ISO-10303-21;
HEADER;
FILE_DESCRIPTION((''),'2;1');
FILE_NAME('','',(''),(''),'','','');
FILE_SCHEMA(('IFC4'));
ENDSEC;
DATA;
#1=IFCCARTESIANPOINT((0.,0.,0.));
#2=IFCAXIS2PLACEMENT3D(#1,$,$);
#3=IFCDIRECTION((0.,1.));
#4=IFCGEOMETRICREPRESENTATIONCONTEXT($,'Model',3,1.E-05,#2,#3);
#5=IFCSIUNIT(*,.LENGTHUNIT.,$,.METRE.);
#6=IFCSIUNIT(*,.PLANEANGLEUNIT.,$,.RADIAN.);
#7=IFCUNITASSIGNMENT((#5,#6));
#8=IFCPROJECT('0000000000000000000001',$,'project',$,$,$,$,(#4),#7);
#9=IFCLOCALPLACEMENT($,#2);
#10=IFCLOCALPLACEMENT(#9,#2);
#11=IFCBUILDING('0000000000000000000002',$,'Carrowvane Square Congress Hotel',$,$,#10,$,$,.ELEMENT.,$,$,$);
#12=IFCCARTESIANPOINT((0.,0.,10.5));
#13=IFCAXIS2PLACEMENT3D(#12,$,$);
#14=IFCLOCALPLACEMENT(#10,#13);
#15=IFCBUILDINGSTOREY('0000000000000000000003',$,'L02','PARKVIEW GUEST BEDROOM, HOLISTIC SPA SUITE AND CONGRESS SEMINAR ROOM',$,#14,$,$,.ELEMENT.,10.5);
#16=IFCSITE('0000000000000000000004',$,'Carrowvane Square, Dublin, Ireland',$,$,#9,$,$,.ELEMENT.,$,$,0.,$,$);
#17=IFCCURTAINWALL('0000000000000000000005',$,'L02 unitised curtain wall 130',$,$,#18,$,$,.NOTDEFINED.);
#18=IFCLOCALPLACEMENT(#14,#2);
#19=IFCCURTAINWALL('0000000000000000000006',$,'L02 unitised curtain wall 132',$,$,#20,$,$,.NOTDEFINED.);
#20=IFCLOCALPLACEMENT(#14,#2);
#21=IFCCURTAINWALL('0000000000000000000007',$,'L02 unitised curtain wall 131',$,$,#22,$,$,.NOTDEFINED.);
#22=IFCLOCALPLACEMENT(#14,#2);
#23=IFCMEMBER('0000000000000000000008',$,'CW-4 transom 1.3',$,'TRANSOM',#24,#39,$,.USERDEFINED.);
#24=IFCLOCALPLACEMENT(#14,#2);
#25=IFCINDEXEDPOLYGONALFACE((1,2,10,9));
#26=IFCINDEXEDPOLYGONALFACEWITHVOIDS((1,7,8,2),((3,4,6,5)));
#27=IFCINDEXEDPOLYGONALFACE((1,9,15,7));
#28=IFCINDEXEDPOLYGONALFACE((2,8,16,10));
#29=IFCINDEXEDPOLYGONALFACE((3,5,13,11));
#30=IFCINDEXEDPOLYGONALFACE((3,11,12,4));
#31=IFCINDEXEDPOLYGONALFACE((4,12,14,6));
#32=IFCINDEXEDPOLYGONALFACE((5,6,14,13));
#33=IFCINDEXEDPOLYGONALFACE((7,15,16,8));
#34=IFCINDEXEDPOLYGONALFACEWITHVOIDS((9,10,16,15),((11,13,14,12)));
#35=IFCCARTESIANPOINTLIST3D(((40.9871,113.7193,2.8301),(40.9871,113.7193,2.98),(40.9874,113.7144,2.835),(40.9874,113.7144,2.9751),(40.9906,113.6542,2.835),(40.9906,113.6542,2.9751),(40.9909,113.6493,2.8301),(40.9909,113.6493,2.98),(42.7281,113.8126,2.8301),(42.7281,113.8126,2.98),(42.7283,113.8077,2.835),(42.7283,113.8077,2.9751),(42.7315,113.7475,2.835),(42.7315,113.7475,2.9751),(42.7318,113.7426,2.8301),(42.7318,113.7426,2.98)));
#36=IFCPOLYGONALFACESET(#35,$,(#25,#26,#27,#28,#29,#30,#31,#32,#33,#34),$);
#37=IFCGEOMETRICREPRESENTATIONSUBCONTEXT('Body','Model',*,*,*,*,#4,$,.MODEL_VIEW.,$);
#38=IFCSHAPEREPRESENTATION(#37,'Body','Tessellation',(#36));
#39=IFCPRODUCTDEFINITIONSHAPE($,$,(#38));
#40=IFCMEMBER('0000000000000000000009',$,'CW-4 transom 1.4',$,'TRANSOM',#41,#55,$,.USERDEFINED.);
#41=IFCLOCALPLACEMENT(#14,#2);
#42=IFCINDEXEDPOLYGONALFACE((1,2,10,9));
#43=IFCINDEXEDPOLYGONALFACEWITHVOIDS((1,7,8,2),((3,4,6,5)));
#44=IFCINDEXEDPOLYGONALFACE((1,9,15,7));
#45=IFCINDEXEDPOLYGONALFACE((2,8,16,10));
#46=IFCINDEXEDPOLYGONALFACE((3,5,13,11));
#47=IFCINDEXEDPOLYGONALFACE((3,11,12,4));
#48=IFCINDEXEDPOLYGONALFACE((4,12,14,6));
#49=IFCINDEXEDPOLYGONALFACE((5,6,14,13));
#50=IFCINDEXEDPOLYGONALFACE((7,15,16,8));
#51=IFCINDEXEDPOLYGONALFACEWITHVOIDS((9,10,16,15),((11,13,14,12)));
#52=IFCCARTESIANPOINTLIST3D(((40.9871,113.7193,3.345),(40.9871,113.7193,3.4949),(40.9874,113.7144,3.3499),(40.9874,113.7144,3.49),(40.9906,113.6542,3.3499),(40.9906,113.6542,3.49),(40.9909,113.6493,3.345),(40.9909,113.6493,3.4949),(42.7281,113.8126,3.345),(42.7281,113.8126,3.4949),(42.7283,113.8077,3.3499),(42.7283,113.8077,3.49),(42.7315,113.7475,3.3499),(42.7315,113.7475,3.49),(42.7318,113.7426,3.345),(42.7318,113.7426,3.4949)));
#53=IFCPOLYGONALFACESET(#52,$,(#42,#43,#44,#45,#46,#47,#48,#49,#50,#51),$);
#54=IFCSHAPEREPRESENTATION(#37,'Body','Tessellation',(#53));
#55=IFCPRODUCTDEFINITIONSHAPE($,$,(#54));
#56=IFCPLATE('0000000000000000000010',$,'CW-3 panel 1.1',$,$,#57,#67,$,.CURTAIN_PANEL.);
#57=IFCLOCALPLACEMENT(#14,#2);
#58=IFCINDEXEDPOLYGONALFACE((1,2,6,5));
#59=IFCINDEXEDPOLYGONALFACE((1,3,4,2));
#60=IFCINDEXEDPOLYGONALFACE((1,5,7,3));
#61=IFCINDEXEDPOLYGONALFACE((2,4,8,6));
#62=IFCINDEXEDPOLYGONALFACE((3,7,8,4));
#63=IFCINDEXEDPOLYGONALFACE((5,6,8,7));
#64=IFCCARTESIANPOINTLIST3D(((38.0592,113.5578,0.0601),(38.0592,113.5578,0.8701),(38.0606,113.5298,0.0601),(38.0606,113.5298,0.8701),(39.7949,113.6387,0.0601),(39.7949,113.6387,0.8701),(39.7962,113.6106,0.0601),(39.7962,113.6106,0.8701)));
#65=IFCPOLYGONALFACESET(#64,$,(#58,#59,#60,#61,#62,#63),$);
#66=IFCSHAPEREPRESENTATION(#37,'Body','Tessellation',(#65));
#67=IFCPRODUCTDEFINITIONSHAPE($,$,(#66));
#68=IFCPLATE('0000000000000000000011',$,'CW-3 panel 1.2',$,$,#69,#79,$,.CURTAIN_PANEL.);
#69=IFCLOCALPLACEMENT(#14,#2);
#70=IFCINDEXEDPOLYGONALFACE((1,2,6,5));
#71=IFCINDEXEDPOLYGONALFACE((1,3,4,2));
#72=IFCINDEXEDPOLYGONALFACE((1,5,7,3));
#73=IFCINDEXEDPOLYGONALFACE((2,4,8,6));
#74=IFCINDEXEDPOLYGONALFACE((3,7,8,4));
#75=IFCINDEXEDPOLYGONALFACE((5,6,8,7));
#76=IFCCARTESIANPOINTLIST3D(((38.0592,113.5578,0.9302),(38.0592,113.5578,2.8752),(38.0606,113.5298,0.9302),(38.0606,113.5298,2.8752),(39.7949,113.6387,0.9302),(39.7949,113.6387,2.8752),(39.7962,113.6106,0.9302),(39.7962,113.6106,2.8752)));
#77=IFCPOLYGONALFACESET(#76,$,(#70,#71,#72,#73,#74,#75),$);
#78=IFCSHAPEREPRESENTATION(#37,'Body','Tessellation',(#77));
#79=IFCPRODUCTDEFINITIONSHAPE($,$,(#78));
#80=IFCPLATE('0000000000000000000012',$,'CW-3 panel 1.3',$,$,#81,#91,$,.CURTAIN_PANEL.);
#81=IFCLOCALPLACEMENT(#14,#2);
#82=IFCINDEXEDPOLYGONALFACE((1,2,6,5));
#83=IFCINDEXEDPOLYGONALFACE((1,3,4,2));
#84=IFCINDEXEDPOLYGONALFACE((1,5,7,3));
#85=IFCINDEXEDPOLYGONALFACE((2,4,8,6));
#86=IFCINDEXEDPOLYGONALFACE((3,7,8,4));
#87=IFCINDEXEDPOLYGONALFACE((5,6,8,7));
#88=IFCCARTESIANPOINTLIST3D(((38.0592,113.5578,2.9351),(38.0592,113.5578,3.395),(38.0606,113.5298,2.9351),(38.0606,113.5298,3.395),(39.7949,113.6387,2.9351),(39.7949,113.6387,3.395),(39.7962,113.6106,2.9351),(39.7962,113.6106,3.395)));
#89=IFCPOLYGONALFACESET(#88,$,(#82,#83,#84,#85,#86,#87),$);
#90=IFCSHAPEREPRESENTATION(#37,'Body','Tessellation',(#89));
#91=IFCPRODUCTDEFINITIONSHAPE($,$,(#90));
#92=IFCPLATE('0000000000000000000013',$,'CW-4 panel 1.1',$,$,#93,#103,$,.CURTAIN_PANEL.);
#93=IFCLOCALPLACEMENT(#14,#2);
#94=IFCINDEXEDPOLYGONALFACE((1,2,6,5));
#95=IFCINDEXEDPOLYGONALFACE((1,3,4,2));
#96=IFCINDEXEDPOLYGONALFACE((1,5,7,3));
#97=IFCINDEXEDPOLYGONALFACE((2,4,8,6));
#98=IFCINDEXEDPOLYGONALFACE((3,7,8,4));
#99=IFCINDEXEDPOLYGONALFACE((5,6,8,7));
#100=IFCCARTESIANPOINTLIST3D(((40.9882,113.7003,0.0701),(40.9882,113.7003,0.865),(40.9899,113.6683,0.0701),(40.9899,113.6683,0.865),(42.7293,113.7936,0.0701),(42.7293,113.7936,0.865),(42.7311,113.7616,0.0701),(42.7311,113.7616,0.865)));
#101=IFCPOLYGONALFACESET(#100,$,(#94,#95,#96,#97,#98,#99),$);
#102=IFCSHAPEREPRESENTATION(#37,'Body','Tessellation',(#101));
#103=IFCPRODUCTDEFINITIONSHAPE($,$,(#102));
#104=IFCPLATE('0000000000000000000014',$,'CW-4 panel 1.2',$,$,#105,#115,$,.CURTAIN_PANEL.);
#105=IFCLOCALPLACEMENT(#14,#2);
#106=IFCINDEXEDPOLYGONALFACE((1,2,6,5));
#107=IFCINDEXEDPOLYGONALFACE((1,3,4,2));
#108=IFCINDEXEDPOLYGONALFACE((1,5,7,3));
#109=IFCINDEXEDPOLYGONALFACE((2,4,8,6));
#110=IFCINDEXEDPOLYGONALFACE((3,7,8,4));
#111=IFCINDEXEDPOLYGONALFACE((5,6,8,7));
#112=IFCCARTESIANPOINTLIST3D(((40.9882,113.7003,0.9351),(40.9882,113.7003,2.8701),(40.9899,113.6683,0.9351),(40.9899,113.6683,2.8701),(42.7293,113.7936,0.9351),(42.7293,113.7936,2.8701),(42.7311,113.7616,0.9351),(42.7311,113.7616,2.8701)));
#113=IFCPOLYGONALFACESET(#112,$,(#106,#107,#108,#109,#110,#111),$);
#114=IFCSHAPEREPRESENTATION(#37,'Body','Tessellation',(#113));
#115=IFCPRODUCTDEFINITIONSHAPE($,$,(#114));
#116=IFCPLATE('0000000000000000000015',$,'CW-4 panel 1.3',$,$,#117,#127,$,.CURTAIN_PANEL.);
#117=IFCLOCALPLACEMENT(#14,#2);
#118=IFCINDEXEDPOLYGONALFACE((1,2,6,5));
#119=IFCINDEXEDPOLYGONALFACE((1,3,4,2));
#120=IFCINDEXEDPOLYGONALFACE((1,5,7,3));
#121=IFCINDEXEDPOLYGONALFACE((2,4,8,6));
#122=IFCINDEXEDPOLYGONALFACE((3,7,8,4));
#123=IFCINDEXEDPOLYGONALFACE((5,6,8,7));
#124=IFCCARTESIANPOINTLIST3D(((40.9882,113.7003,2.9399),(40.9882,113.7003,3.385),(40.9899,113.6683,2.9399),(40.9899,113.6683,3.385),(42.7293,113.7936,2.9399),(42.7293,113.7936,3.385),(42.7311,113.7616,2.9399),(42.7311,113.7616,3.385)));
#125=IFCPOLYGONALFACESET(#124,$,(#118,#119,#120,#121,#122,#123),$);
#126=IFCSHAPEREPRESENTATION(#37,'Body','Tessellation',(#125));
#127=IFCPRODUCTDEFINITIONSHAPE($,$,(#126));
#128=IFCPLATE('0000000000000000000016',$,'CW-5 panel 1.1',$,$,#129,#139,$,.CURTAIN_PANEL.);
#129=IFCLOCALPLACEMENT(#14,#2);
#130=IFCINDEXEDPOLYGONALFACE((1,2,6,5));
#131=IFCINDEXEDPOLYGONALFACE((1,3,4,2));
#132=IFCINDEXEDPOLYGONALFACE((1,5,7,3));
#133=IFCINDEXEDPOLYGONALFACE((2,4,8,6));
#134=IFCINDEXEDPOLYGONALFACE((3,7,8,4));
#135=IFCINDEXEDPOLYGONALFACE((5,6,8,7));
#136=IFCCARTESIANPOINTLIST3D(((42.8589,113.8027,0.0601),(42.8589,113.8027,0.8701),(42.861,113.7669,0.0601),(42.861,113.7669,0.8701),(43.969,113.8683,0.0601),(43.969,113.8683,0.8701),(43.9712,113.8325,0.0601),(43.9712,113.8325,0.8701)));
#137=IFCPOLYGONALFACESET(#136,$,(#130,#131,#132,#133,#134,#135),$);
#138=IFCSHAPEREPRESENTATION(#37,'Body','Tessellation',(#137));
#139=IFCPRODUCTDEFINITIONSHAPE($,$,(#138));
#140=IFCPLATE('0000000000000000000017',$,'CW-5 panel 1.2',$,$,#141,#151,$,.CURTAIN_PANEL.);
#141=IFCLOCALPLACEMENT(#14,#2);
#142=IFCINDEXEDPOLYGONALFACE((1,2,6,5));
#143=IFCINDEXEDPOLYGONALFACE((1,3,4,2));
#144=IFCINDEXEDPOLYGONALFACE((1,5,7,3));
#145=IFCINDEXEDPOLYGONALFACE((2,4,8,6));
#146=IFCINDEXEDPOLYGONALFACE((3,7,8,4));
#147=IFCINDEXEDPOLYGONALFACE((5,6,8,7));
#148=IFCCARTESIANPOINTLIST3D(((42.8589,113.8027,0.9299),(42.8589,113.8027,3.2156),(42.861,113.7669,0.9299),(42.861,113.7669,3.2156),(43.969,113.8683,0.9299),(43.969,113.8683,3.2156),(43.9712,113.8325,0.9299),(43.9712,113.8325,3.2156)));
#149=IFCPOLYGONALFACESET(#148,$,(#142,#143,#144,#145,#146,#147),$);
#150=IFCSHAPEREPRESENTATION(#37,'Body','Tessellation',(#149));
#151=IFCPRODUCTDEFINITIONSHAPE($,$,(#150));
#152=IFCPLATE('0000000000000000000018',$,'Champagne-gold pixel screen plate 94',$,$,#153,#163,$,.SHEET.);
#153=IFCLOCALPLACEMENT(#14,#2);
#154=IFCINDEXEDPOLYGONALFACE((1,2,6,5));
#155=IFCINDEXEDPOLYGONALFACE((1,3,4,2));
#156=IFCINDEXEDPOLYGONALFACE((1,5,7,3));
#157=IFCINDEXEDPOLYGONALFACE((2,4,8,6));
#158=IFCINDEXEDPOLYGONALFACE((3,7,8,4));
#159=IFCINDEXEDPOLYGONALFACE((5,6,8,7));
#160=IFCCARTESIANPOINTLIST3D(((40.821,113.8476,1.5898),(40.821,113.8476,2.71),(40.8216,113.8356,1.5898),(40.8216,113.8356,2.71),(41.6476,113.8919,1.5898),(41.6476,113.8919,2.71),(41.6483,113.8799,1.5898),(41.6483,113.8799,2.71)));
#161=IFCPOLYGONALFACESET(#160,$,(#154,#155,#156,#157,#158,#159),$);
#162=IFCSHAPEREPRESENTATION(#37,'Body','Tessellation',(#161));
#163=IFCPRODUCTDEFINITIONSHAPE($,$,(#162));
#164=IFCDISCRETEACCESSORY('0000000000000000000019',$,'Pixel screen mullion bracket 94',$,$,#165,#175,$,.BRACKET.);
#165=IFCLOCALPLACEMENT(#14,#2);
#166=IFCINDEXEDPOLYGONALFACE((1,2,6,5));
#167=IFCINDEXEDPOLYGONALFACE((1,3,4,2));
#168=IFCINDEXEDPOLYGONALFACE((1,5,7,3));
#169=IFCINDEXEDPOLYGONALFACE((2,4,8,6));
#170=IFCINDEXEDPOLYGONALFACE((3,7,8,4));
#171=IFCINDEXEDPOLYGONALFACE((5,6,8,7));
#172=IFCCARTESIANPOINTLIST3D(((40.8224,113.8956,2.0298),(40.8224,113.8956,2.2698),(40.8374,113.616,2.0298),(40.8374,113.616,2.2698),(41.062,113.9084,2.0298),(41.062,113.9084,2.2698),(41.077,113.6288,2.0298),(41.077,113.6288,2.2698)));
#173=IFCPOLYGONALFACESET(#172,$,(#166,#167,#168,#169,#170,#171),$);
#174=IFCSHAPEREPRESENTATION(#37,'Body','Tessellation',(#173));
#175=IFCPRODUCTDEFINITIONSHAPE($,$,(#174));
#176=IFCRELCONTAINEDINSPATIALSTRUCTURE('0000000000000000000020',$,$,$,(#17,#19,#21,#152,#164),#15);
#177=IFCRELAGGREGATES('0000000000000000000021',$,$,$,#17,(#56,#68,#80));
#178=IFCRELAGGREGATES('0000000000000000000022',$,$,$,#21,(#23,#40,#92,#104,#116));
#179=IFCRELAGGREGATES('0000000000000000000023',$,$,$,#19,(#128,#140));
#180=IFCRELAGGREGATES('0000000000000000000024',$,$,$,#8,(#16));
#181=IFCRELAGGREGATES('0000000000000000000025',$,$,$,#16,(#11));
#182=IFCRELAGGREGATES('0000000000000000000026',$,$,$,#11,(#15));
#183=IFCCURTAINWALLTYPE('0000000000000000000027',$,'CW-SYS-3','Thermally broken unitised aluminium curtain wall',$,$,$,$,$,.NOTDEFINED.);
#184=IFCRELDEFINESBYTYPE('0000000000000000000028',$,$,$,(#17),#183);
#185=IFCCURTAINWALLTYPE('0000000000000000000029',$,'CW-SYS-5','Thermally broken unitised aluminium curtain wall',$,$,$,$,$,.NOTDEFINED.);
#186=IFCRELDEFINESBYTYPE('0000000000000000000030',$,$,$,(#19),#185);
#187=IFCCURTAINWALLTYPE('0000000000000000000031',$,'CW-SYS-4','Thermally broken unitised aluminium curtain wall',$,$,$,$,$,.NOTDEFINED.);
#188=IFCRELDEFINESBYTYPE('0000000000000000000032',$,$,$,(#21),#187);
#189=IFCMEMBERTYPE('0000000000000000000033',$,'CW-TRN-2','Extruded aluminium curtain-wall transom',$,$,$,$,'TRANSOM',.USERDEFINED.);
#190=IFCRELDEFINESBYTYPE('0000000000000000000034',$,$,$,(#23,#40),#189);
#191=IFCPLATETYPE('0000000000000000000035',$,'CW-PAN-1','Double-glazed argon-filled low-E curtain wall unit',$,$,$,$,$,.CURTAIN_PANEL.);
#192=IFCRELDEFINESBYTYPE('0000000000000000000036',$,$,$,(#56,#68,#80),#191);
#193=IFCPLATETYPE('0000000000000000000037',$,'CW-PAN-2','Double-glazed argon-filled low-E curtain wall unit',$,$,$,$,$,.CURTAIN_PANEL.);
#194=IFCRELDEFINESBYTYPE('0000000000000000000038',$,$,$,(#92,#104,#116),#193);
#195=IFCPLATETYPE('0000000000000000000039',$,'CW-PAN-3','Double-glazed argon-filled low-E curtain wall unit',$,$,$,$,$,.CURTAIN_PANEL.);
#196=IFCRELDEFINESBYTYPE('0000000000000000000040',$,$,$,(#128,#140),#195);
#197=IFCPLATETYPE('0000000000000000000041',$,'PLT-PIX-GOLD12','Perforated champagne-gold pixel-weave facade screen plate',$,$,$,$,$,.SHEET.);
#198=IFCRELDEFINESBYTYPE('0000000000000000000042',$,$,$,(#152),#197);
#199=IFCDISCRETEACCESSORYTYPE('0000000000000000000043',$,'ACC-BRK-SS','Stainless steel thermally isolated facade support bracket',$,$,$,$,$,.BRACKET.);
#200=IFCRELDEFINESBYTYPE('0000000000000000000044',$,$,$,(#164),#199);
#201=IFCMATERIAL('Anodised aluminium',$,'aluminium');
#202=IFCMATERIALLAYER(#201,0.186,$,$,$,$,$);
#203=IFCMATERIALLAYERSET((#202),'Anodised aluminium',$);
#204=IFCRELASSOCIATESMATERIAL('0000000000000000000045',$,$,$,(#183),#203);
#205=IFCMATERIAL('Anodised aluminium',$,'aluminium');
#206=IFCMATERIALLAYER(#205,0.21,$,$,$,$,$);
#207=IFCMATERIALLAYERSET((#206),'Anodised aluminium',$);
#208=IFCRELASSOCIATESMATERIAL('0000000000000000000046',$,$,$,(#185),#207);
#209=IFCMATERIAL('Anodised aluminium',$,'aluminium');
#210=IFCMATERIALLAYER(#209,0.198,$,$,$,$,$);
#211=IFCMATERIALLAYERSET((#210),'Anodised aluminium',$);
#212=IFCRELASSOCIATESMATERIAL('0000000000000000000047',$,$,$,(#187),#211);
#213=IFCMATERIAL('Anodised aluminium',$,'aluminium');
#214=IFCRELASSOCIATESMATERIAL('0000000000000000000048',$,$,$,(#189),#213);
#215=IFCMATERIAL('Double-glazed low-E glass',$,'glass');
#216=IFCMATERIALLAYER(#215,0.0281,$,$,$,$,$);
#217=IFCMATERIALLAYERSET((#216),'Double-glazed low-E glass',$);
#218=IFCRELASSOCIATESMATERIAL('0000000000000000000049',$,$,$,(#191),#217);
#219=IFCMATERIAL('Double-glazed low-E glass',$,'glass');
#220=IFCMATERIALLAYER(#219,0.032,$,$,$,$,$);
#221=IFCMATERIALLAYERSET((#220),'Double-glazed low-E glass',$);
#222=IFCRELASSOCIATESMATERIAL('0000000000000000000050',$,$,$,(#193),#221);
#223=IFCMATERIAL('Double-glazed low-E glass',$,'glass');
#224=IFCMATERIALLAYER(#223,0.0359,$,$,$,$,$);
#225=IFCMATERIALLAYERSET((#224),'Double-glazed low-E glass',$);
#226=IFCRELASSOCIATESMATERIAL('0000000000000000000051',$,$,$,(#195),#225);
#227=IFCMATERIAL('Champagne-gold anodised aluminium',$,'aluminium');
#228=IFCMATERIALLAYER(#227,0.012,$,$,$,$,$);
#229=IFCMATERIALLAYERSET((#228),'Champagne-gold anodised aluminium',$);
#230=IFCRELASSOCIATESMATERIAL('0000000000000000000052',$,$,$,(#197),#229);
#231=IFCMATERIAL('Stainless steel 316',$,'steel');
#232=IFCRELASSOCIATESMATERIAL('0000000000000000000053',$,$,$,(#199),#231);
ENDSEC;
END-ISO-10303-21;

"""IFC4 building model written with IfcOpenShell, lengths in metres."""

from ifc_helpers import new_model, si_unit, direction, frame, origin, origin_2d, place, context, subcontext, project, spatial, rectangle, hollow_rectangle, extrude, material, layer, layer_set, material_profile, profile_set, type_object, element, aggregate, save


model = new_model("IFC4")

# Units and contexts
model_context = context("Model", 3, precision=1e-05, world=origin(), true_north=direction((0.0, 1.0)))
body_context = subcontext(model_context, "Body", "Model", "MODEL_VIEW")
ifc_project = project(units=[si_unit("LENGTHUNIT", "METRE"), si_unit("PLANEANGLEUNIT", "RADIAN")], contexts=[model_context])

# Site, building, storey
site_placement = place(None, origin())
site = spatial("IfcSite", under=ifc_project, at=site_placement, Name="Carrowvane Square, Dublin, Ireland", CompositionType="ELEMENT", RefElevation=0.0)
building_placement = place(site_placement, origin())
building = spatial("IfcBuilding", under=site, at=building_placement, Name="Carrowvane Square Congress Hotel", CompositionType="ELEMENT")
storey_placement = place(building_placement, frame((0.0, 0.0, 10.5)))
storey = spatial("IfcBuildingStorey", under=building, at=storey_placement, Name="L02", Description="PARKVIEW GUEST BEDROOM, HOLISTIC SPA SUITE AND CONGRESS SEMINAR ROOM", CompositionType="ELEMENT", Elevation=10.5)

# Curtain walls
ifc_material_1 = material(Name="Anodised aluminium", Category="aluminium")
ifc_layer_1 = layer(ifc_material_1, 0.186)
ifc_layer_set_1 = layer_set([ifc_layer_1], Name="Anodised aluminium")
curtain_wall_type_1 = type_object("IfcCurtainWallType", Name="CW-SYS-3", Description="Thermally broken unitised aluminium curtain wall", PredefinedType="NOTDEFINED", material=ifc_layer_set_1)
curtain_wall_1_placement = place(storey_placement, origin())
curtain_wall_1 = element("IfcCurtainWall", 1, at=curtain_wall_1_placement, inside=storey, type_object=curtain_wall_type_1, Name="L02 unitised curtain wall 130", PredefinedType="NOTDEFINED")
ifc_material_2 = material(Name="Anodised aluminium", Category="aluminium")
ifc_layer_2 = layer(ifc_material_2, 0.21)
ifc_layer_set_2 = layer_set([ifc_layer_2], Name="Anodised aluminium")
curtain_wall_type_2 = type_object("IfcCurtainWallType", Name="CW-SYS-5", Description="Thermally broken unitised aluminium curtain wall", PredefinedType="NOTDEFINED", material=ifc_layer_set_2)
curtain_wall_2_placement = place(storey_placement, origin())
curtain_wall_2 = element("IfcCurtainWall", 2, at=curtain_wall_2_placement, inside=storey, type_object=curtain_wall_type_2, Name="L02 unitised curtain wall 132", PredefinedType="NOTDEFINED")

# Curtain wall
ifc_material_3 = material(Name="Anodised aluminium", Category="aluminium")
ifc_layer_3 = layer(ifc_material_3, 0.198)
ifc_layer_set_3 = layer_set([ifc_layer_3], Name="Anodised aluminium")
curtain_wall_type_3 = type_object("IfcCurtainWallType", Name="CW-SYS-4", Description="Thermally broken unitised aluminium curtain wall", PredefinedType="NOTDEFINED", material=ifc_layer_set_3)
curtain_wall_3_placement = place(storey_placement, origin())
curtain_wall_3 = element("IfcCurtainWall", 3, at=curtain_wall_3_placement, inside=storey, type_object=curtain_wall_type_3, Name="L02 unitised curtain wall 131", PredefinedType="NOTDEFINED")

# Members
ifc_material_4 = material(Name="Anodised aluminium", Category="aluminium")
ifc_material_profile_1 = material_profile(ifc_material_4, hollow_rectangle(XDim=0.0701, YDim=0.1499, WallThickness=0.0049, at=origin_2d()), Name="CW-TR 70x150x5")
ifc_profile_set_1 = profile_set([ifc_material_profile_1], Name="Anodised aluminium")
member_type_1 = type_object("IfcMemberType", Name="CW-TRN-2", Description="Extruded aluminium curtain-wall transom", ElementType="TRANSOM", PredefinedType="USERDEFINED", material=ifc_profile_set_1)
member_1_placement = place(storey_placement, frame((40.989, 113.6843, 2.905), z_axis=(0.998568, 0.053492, 0.0), x_axis=(-0.053492, 0.998568, 0.0)))
member_1 = element("IfcMember", 4, at=member_1_placement, type_object=member_type_1, Name="CW-4 transom 1.3", ObjectType="TRANSOM", PredefinedType="USERDEFINED", context=body_context, shape_type="SweptSolid", body=[
    extrude(hollow_rectangle(XDim=0.0701, YDim=0.1499, WallThickness=0.0049, at=origin_2d()), origin(), (0.0, 0.0, 1.0), 1.7434),
])
member_2_placement = place(storey_placement, frame((40.989, 113.6843, 3.4199), z_axis=(0.998568, 0.053492, 0.0), x_axis=(-0.053492, 0.998568, 0.0)))
member_2 = element("IfcMember", 5, at=member_2_placement, type_object=member_type_1, Name="CW-4 transom 1.4", ObjectType="TRANSOM", PredefinedType="USERDEFINED", context=body_context, shape_type="SweptSolid", body=[
    extrude(hollow_rectangle(XDim=0.0701, YDim=0.1499, WallThickness=0.0049, at=origin_2d()), origin(), (0.0, 0.0, 1.0), 1.7434),
])

# Plates
ifc_material_5 = material(Name="Double-glazed low-E glass", Category="glass")
ifc_layer_4 = layer(ifc_material_5, 0.0281)
ifc_layer_set_4 = layer_set([ifc_layer_4], Name="Double-glazed low-E glass")
plate_type_1 = type_object("IfcPlateType", Name="CW-PAN-1", Description="Double-glazed argon-filled low-E curtain wall unit", PredefinedType="CURTAIN_PANEL", material=ifc_layer_set_4)
plate_1_placement = place(storey_placement, frame((38.9277, 113.5842, 0.0601), z_axis=(0.0, 0.0, 1.0), x_axis=(0.998917, 0.046517, 0.0)))
plate_1 = element("IfcPlate", 6, at=plate_1_placement, type_object=plate_type_1, Name="CW-3 panel 1.1", PredefinedType="CURTAIN_PANEL", context=body_context, shape_type="SweptSolid", body=[
    extrude(rectangle(XDim=1.7375, YDim=0.0281, at=origin_2d()), origin(), (0.0, 0.0, 1.0), 0.8101),
])
plate_2_placement = place(storey_placement, frame((38.9277, 113.5842, 0.9302), z_axis=(0.0, 0.0, 1.0), x_axis=(0.998917, 0.046517, 0.0)))
plate_2 = element("IfcPlate", 7, at=plate_2_placement, type_object=plate_type_1, Name="CW-3 panel 1.2", PredefinedType="CURTAIN_PANEL", context=body_context, shape_type="SweptSolid", body=[
    extrude(rectangle(XDim=1.7375, YDim=0.0281, at=origin_2d()), origin(), (0.0, 0.0, 1.0), 1.9451),
])
plate_3_placement = place(storey_placement, frame((38.9277, 113.5842, 2.9351), z_axis=(0.0, 0.0, 1.0), x_axis=(0.998917, 0.046517, 0.0)))
plate_3 = element("IfcPlate", 8, at=plate_3_placement, type_object=plate_type_1, Name="CW-3 panel 1.3", PredefinedType="CURTAIN_PANEL", context=body_context, shape_type="SweptSolid", body=[
    extrude(rectangle(XDim=1.7375, YDim=0.0281, at=origin_2d()), origin(), (0.0, 0.0, 1.0), 0.46),
])
aggregate(curtain_wall_1, [plate_1, plate_2, plate_3])
ifc_material_6 = material(Name="Double-glazed low-E glass", Category="glass")
ifc_layer_5 = layer(ifc_material_6, 0.032)
ifc_layer_set_5 = layer_set([ifc_layer_5], Name="Double-glazed low-E glass")
plate_type_2 = type_object("IfcPlateType", Name="CW-PAN-2", Description="Double-glazed argon-filled low-E curtain wall unit", PredefinedType="CURTAIN_PANEL", material=ifc_layer_set_5)
plate_4_placement = place(storey_placement, frame((41.8596, 113.731, 0.0701), z_axis=(0.0, 0.0, 1.0), x_axis=(0.998567, 0.053515, 0.0)))
plate_4 = element("IfcPlate", 9, at=plate_4_placement, type_object=plate_type_2, Name="CW-4 panel 1.1", PredefinedType="CURTAIN_PANEL", context=body_context, shape_type="SweptSolid", body=[
    extrude(rectangle(XDim=1.7437, YDim=0.032, at=origin_2d()), origin(), (0.0, 0.0, 1.0), 0.7949),
])
plate_5_placement = place(storey_placement, frame((41.8596, 113.731, 0.9351), z_axis=(0.0, 0.0, 1.0), x_axis=(0.998567, 0.053515, 0.0)))
plate_5 = element("IfcPlate", 10, at=plate_5_placement, type_object=plate_type_2, Name="CW-4 panel 1.2", PredefinedType="CURTAIN_PANEL", context=body_context, shape_type="SweptSolid", body=[
    extrude(rectangle(XDim=1.7437, YDim=0.032, at=origin_2d()), origin(), (0.0, 0.0, 1.0), 1.9351),
])
plate_6_placement = place(storey_placement, frame((41.8596, 113.731, 2.9399), z_axis=(0.0, 0.0, 1.0), x_axis=(0.998567, 0.053515, 0.0)))
plate_6 = element("IfcPlate", 11, at=plate_6_placement, type_object=plate_type_2, Name="CW-4 panel 1.3", PredefinedType="CURTAIN_PANEL", context=body_context, shape_type="SweptSolid", body=[
    extrude(rectangle(XDim=1.7437, YDim=0.032, at=origin_2d()), origin(), (0.0, 0.0, 1.0), 0.4451),
])
aggregate(curtain_wall_3, [member_1, member_2, plate_4, plate_5, plate_6])
ifc_material_7 = material(Name="Double-glazed low-E glass", Category="glass")
ifc_layer_6 = layer(ifc_material_7, 0.0359)
ifc_layer_set_6 = layer_set([ifc_layer_6], Name="Double-glazed low-E glass")
plate_type_3 = type_object("IfcPlateType", Name="CW-PAN-3", Description="Double-glazed argon-filled low-E curtain wall unit", PredefinedType="CURTAIN_PANEL", material=ifc_layer_set_6)
plate_7_placement = place(storey_placement, frame((43.415, 113.8176, 0.0601), z_axis=(0.0, 0.0, 1.0), x_axis=(0.998259, 0.058989, 0.0)))
plate_7 = element("IfcPlate", 12, at=plate_7_placement, type_object=plate_type_3, Name="CW-5 panel 1.1", PredefinedType="CURTAIN_PANEL", context=body_context, shape_type="SweptSolid", body=[
    extrude(rectangle(XDim=1.1121, YDim=0.0359, at=origin_2d()), origin(), (0.0, 0.0, 1.0), 0.8101),
])
plate_8_placement = place(storey_placement, frame((43.415, 113.8176, 0.9299), z_axis=(0.0, 0.0, 1.0), x_axis=(0.998259, 0.058989, 0.0)))
plate_8 = element("IfcPlate", 13, at=plate_8_placement, type_object=plate_type_3, Name="CW-5 panel 1.2", PredefinedType="CURTAIN_PANEL", context=body_context, shape_type="SweptSolid", body=[
    extrude(rectangle(XDim=1.1121, YDim=0.0359, at=origin_2d()), origin(), (0.0, 0.0, 1.0), 2.2856),
])
aggregate(curtain_wall_2, [plate_7, plate_8])
ifc_material_8 = material(Name="Champagne-gold anodised aluminium", Category="aluminium")
ifc_layer_7 = layer(ifc_material_8, 0.012)
ifc_layer_set_7 = layer_set([ifc_layer_7], Name="Champagne-gold anodised aluminium")
plate_type_4 = type_object("IfcPlateType", Name="PLT-PIX-GOLD12", Description="Perforated champagne-gold pixel-weave facade screen plate", PredefinedType="SHEET", material=ifc_layer_set_7)
plate_9_placement = place(storey_placement, frame((41.2346, 113.8638, 1.5898), z_axis=(0.0, 0.0, 1.0), x_axis=(0.998567, 0.053517, 0.0)))
element("IfcPlate", 14, at=plate_9_placement, inside=storey, type_object=plate_type_4, Name="Champagne-gold pixel screen plate 94", PredefinedType="SHEET", context=body_context, shape_type="SweptSolid", body=[
    extrude(rectangle(XDim=0.8279, YDim=0.012, at=origin_2d()), origin(), (0.0, 0.0, 1.0), 1.1201),
])

# Discrete accessory
ifc_material_9 = material(Name="Stainless steel 316", Category="steel")
discrete_accessory_type = type_object("IfcDiscreteAccessoryType", Name="ACC-BRK-SS", Description="Stainless steel thermally isolated facade support bracket", PredefinedType="BRACKET", material=ifc_material_9)
discrete_accessory_placement = place(storey_placement, frame((40.9497, 113.7622, 2.0298), z_axis=(0.0, 0.0, 1.0), x_axis=(0.998567, 0.053517, 0.0)))
element("IfcDiscreteAccessory", 15, at=discrete_accessory_placement, inside=storey, type_object=discrete_accessory_type, Name="Pixel screen mullion bracket 94", PredefinedType="BRACKET", context=body_context, shape_type="SweptSolid", body=[
    extrude(rectangle(XDim=0.24, YDim=0.28, at=origin_2d()), origin(), (0.0, 0.0, 1.0), 0.24),
])

save(model, "model.ifc")
